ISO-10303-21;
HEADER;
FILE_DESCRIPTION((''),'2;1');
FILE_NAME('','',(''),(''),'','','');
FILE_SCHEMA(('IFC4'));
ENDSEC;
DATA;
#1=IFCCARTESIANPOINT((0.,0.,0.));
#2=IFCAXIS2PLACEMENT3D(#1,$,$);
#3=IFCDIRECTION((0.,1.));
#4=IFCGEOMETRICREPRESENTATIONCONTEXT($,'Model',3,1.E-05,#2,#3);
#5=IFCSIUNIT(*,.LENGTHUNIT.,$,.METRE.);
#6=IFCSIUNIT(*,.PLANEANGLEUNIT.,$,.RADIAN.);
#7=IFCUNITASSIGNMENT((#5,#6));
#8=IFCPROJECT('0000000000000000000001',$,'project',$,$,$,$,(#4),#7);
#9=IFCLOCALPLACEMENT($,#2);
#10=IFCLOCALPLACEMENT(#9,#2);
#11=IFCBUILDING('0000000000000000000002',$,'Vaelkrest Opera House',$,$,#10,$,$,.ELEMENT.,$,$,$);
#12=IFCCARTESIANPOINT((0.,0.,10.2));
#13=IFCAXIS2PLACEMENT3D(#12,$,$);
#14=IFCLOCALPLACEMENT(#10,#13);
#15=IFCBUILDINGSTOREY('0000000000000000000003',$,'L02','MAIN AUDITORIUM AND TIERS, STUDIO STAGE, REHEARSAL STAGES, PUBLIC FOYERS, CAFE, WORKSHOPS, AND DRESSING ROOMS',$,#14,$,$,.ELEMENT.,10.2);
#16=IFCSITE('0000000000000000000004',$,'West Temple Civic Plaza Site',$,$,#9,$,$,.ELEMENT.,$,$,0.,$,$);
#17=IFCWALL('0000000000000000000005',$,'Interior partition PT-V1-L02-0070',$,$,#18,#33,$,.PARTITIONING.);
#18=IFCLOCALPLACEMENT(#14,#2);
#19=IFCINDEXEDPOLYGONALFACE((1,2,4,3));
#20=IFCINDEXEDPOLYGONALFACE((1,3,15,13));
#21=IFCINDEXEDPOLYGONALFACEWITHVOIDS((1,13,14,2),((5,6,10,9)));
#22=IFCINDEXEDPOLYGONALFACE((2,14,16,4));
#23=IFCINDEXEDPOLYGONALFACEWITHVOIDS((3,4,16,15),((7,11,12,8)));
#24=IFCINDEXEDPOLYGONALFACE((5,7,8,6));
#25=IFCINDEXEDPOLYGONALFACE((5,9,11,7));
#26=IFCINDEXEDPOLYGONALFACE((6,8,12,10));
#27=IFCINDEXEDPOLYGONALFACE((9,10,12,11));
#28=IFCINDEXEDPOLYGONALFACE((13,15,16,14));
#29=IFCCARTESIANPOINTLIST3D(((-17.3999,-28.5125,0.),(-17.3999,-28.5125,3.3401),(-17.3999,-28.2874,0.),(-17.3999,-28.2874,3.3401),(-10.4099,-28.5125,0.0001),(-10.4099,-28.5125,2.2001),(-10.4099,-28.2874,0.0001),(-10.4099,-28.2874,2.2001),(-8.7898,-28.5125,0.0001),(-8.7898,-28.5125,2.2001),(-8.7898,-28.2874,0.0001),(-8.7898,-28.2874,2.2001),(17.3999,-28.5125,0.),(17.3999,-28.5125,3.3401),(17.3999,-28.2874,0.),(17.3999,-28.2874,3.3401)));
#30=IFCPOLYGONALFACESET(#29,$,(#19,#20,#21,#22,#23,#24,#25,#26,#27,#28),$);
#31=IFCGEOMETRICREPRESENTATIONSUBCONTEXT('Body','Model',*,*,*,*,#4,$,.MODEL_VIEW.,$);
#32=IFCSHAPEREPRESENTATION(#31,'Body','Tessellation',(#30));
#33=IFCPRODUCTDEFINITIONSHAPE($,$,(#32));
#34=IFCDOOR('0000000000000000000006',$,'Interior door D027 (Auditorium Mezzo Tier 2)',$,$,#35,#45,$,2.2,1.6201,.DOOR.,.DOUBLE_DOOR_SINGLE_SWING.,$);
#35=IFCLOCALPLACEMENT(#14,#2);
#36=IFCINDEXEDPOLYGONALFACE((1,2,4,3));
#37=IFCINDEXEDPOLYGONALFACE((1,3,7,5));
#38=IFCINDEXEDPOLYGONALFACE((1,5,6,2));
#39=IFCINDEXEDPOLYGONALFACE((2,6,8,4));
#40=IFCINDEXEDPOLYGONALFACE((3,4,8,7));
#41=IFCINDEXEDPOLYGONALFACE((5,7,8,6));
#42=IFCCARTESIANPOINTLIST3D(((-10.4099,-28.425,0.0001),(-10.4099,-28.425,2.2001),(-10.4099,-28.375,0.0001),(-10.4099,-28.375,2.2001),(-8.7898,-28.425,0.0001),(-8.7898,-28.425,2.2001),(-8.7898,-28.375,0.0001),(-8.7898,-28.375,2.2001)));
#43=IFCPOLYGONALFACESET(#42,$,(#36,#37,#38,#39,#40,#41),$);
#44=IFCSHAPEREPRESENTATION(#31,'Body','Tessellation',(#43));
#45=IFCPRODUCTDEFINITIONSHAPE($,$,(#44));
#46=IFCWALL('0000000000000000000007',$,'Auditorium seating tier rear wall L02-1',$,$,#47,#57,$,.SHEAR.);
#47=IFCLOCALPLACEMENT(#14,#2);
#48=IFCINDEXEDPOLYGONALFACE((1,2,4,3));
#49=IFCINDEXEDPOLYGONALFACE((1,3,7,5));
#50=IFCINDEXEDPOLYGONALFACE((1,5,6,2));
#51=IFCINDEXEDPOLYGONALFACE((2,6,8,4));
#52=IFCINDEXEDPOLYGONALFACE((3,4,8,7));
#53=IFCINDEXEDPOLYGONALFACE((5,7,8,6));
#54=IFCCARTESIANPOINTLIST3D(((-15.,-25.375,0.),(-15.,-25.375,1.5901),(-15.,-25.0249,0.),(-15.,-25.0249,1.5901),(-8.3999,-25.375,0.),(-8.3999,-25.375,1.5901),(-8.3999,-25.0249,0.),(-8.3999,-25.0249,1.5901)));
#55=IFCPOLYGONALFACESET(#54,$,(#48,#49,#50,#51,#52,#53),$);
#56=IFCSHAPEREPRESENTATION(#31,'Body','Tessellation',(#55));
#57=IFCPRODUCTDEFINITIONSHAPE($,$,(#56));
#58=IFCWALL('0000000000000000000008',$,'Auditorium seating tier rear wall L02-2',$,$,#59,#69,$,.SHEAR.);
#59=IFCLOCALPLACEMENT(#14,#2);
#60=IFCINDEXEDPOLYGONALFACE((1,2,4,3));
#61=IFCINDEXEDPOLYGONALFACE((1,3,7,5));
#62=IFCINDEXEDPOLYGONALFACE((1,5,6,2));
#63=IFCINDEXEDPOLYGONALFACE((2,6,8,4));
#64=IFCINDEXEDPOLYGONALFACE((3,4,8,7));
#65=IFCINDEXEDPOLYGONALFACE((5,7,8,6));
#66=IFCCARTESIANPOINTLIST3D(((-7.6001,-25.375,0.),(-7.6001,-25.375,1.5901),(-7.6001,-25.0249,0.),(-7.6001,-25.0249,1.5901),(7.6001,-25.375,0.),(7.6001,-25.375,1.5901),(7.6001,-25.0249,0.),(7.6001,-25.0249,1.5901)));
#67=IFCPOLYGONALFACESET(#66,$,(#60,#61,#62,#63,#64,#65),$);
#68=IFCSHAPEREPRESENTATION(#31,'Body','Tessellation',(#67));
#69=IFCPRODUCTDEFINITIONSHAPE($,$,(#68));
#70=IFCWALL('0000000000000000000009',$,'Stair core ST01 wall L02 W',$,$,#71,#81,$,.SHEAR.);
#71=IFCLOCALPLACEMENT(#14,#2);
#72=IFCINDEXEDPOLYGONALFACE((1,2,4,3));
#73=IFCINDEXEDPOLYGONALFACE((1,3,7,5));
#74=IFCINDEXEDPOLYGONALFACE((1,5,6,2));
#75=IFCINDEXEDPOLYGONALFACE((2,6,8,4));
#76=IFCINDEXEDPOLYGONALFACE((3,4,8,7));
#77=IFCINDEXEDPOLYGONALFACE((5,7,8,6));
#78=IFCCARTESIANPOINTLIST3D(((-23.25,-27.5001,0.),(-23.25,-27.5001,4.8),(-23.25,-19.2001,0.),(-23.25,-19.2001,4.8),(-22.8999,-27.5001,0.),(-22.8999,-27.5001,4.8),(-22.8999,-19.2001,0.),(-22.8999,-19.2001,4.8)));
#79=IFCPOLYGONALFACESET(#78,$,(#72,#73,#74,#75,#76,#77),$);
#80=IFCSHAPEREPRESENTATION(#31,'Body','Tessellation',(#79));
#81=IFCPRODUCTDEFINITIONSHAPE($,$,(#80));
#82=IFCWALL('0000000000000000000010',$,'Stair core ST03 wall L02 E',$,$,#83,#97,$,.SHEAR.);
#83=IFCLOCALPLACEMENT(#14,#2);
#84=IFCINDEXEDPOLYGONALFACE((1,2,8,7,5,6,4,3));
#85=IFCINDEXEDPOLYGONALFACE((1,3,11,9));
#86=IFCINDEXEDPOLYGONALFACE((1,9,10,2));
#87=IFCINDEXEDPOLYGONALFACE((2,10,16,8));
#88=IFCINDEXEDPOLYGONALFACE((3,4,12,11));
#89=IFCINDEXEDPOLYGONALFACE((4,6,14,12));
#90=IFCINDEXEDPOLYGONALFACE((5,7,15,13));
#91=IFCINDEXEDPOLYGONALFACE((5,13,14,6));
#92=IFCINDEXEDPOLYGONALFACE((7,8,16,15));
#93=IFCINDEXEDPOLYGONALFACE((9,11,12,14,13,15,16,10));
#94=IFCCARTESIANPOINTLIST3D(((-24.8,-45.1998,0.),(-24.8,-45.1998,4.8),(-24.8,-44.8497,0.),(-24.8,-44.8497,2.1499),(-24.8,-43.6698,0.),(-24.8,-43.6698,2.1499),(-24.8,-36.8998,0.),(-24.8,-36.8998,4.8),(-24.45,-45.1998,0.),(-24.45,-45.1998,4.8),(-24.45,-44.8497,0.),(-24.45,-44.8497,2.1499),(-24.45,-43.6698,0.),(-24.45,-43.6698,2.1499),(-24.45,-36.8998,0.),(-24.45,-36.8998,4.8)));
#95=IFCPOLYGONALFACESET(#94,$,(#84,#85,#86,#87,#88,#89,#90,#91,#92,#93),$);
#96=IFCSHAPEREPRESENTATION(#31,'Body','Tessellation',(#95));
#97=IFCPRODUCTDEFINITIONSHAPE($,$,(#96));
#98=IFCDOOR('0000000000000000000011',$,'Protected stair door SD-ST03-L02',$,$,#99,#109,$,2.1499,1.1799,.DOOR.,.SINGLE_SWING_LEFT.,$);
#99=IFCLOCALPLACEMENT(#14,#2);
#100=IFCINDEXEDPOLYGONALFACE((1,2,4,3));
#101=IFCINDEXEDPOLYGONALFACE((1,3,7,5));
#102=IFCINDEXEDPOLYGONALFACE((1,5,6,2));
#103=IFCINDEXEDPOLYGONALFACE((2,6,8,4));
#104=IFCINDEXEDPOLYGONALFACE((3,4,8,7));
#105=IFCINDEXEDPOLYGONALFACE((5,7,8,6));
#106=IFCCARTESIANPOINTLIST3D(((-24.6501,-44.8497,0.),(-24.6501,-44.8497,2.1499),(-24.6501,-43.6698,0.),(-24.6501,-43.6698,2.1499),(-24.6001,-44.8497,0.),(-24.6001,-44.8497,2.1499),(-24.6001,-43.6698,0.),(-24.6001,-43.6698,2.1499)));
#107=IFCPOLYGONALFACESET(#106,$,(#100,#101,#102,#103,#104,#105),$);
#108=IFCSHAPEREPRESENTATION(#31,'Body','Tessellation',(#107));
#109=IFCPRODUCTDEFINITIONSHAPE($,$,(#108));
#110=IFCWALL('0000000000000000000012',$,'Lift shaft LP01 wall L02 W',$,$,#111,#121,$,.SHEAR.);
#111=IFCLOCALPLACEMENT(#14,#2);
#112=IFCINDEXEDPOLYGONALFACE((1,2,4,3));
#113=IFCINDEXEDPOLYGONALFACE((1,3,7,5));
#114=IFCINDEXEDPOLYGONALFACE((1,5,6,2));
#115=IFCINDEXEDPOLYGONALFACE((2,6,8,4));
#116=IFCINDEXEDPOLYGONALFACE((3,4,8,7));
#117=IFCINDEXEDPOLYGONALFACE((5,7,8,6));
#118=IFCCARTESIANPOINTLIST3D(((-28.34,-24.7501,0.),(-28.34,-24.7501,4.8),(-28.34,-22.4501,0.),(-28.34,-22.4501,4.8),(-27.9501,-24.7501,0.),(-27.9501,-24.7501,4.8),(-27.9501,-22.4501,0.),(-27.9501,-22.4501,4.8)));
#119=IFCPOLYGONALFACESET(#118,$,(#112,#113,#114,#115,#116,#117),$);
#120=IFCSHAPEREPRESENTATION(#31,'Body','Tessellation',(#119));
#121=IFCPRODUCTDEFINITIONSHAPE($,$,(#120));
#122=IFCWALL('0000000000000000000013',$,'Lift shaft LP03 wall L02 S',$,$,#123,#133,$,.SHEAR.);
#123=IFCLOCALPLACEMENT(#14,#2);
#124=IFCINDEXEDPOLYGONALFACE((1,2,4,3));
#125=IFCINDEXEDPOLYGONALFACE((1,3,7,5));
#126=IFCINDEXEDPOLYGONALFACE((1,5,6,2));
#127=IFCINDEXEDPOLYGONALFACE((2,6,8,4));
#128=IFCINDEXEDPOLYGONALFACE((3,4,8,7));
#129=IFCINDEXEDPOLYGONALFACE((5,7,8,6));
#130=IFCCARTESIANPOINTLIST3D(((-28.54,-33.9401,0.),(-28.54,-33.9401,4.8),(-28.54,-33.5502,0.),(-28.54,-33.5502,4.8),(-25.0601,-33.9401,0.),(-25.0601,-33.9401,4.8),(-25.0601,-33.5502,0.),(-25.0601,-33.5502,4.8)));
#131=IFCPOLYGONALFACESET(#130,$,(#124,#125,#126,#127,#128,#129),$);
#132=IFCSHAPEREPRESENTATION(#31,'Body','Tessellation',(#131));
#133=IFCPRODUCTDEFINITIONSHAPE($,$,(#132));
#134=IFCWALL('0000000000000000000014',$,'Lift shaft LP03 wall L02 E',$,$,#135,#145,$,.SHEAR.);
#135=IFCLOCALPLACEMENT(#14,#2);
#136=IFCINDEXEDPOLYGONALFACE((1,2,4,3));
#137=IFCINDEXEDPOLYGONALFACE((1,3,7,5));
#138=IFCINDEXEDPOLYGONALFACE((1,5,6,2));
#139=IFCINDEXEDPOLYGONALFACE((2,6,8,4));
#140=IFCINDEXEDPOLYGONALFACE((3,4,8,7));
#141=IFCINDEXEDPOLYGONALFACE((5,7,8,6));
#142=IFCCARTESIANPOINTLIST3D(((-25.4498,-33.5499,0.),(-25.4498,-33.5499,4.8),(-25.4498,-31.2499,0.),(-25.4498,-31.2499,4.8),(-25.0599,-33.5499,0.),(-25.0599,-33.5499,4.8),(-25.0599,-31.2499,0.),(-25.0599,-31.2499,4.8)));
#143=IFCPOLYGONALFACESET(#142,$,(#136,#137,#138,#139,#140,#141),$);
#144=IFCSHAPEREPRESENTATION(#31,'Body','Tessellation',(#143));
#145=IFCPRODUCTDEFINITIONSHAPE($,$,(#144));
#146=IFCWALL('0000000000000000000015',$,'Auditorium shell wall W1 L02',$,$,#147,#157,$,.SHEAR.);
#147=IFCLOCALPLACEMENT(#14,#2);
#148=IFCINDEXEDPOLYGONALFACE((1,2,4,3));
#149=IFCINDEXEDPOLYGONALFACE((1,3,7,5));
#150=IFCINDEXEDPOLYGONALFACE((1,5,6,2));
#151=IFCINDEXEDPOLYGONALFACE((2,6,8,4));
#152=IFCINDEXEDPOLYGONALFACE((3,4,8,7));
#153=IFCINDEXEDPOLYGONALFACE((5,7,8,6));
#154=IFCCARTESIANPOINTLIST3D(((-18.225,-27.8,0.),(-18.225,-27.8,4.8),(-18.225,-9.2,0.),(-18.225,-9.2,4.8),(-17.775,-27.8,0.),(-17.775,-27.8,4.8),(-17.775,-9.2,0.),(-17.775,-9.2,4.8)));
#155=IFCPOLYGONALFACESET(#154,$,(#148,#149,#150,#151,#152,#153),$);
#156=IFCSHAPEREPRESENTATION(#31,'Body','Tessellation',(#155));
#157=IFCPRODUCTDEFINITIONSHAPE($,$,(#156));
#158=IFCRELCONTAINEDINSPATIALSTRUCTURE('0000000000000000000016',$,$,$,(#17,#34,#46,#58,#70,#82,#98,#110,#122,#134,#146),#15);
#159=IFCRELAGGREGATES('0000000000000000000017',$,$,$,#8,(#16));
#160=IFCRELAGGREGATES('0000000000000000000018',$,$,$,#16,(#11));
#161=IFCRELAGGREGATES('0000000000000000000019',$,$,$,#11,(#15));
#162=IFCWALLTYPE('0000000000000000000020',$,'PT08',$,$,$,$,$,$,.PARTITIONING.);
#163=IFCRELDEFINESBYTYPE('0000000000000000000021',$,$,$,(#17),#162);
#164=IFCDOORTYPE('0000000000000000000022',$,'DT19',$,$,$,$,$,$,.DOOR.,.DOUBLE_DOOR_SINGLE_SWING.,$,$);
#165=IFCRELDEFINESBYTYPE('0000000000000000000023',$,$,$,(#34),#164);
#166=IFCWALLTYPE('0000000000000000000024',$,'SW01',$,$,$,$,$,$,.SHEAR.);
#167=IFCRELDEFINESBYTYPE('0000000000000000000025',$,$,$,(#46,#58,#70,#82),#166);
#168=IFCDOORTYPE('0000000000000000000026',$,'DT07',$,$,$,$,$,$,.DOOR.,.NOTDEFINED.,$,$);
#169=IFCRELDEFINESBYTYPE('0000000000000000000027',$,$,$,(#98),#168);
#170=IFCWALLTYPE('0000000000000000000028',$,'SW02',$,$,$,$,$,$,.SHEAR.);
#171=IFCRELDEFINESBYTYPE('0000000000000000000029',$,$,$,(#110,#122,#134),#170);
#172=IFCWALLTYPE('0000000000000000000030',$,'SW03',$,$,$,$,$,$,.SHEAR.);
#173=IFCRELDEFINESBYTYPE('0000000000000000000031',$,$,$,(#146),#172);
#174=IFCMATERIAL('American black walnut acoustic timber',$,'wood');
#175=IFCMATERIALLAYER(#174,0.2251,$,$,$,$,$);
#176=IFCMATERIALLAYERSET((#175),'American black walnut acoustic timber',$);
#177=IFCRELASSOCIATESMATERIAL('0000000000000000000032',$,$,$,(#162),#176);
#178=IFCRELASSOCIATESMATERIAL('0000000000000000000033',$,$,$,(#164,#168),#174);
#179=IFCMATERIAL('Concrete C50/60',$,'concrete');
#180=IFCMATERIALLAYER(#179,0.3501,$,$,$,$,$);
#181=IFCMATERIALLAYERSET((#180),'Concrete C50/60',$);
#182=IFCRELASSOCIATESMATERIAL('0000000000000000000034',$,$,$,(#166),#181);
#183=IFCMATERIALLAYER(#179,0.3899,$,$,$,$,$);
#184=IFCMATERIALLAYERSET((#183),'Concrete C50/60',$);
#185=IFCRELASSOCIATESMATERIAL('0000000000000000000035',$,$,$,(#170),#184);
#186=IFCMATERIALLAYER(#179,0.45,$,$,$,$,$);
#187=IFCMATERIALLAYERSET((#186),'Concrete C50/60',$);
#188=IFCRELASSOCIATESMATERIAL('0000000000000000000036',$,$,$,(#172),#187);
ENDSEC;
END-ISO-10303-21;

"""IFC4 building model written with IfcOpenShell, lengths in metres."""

from ifc_helpers import new_model, si_unit, direction, frame, frame_2d, origin, place, context, subcontext, project, spatial, rectangle, extrude, material, layer, layer_set, type_object, element, fill, save


model = new_model("IFC4")

# Units and contexts
model_context = context("Model", 3, precision=1e-05, world=origin(), true_north=direction((0.0, 1.0)))
body_context = subcontext(model_context, "Body", "Model", "MODEL_VIEW")
ifc_project = project(units=[si_unit("LENGTHUNIT", "METRE"), si_unit("PLANEANGLEUNIT", "RADIAN")], contexts=[model_context])

# Site, building, storey
site_placement = place(None, origin())
site = spatial("IfcSite", under=ifc_project, at=site_placement, Name="West Temple Civic Plaza Site", CompositionType="ELEMENT", RefElevation=0.0)
building_placement = place(site_placement, origin())
building = spatial("IfcBuilding", under=site, at=building_placement, Name="Vaelkrest Opera House", CompositionType="ELEMENT")
storey_placement = place(building_placement, frame((0.0, 0.0, 10.2)))
storey = spatial("IfcBuildingStorey", under=building, at=storey_placement, Name="L02", Description="MAIN AUDITORIUM AND TIERS, STUDIO STAGE, REHEARSAL STAGES, PUBLIC FOYERS, CAFE, WORKSHOPS, AND DRESSING ROOMS", CompositionType="ELEMENT", Elevation=10.2)

# Shared definitions
ifc_material_1 = material(Name="Concrete C50/60", Category="concrete")

# Wall, opening, door
ifc_material_2 = material(Name="American black walnut acoustic timber", Category="wood")
ifc_layer_1 = layer(ifc_material_2, 0.2251)
ifc_layer_set_1 = layer_set([ifc_layer_1], Name="American black walnut acoustic timber")
wall_type_1 = type_object("IfcWallType", Name="PT08", PredefinedType="PARTITIONING", material=ifc_layer_set_1)
wall_1_placement = place(storey_placement, frame((-17.3999, -28.3999, 0.0), z_axis=(0.0, 0.0, 1.0), x_axis=(1.0, 0.0, 0.0)))
wall_1 = element("IfcWall", 1, at=wall_1_placement, inside=storey, type_object=wall_type_1, Name="Interior partition PT-V1-L02-0070", PredefinedType="PARTITIONING", context=body_context, shape_type="SweptSolid", body=[
    extrude(rectangle(XDim=34.7998, YDim=0.2251, at=frame_2d((17.3999, 0.0))), origin(), (0.0, 0.0, 1.0), 3.3401),
])
opening_1_placement = place(wall_1_placement, frame((6.99, 0.0, 0.0)))
opening_1 = element("IfcOpeningElement", 2, at=opening_1_placement, cuts=wall_1, PredefinedType="OPENING", context=body_context, shape_type="SweptSolid", body=[
    extrude(rectangle(XDim=1.6201, YDim=2.2, at=frame_2d((0.8101, 1.1001))), frame((0.0, 0.1226, 0.0), z_axis=(0.0, -1.0, 0.0), x_axis=(1.0, 0.0, 0.0)), (0.0, 0.0, 1.0), 0.2451),
])
door_type_1 = type_object("IfcDoorType", Name="DT19", OperationType="DOUBLE_DOOR_SINGLE_SWING", PredefinedType="DOOR", material=ifc_material_2)
door_1_placement = place(opening_1_placement, origin())
door_1 = element("IfcDoor", 3, at=door_1_placement, inside=storey, type_object=door_type_1, Name="Interior door D027 (Auditorium Mezzo Tier 2)", OperationType="DOUBLE_DOOR_SINGLE_SWING", OverallHeight=2.2, OverallWidth=1.6201, PredefinedType="DOOR", context=body_context, shape_type="SweptSolid", body=[
    extrude(rectangle(XDim=1.6201, YDim=2.2, at=frame_2d((0.8101, 1.1001))), frame((0.0, 0.0249, 0.0), z_axis=(0.0, -1.0, 0.0), x_axis=(1.0, 0.0, 0.0)), (0.0, 0.0, 1.0), 0.05),
])
fill(opening_1, door_1)

# Walls
ifc_layer_2 = layer(ifc_material_1, 0.3501)
ifc_layer_set_2 = layer_set([ifc_layer_2], Name="Concrete C50/60")
wall_type_2 = type_object("IfcWallType", Name="SW01", PredefinedType="SHEAR", material=ifc_layer_set_2)
wall_2_placement = place(storey_placement, frame((-15.0, -25.2, 0.0), z_axis=(0.0, 0.0, 1.0), x_axis=(1.0, 0.0, 0.0)))
element("IfcWall", 4, at=wall_2_placement, inside=storey, type_object=wall_type_2, Name="Auditorium seating tier rear wall L02-1", PredefinedType="SHEAR", context=body_context, shape_type="SweptSolid", body=[
    extrude(rectangle(XDim=6.6001, YDim=0.3501, at=frame_2d((3.3, 0.0))), origin(), (0.0, 0.0, 1.0), 1.5901),
])
wall_3_placement = place(storey_placement, frame((-7.6001, -25.2, 0.0), z_axis=(0.0, 0.0, 1.0), x_axis=(1.0, 0.0, 0.0)))
element("IfcWall", 5, at=wall_3_placement, inside=storey, type_object=wall_type_2, Name="Auditorium seating tier rear wall L02-2", PredefinedType="SHEAR", context=body_context, shape_type="SweptSolid", body=[
    extrude(rectangle(XDim=15.2002, YDim=0.3501, at=frame_2d((7.6001, 0.0))), origin(), (0.0, 0.0, 1.0), 1.5901),
])

# Shared definitions
door_type_2 = type_object("IfcDoorType", Name="DT07", OperationType="NOTDEFINED", PredefinedType="DOOR", material=ifc_material_2)

# Wall
wall_4_placement = place(storey_placement, frame((-23.075, -27.5, 0.0), z_axis=(0.0, 0.0, 1.0), x_axis=(0.0, 1.0, 0.0)))
element("IfcWall", 6, at=wall_4_placement, inside=storey, type_object=wall_type_2, Name="Stair core ST01 wall L02 W", PredefinedType="SHEAR", context=body_context, shape_type="SweptSolid", body=[
    extrude(rectangle(XDim=8.3, YDim=0.3501, at=frame_2d((4.1499, 0.0))), origin(), (0.0, 0.0, 1.0), 4.8),
])

# Wall, opening, door
wall_5_placement = place(storey_placement, frame((-24.625, -36.8999, 0.0), z_axis=(0.0, 0.0, 1.0), x_axis=(0.0, -1.0, 0.0)))
wall_5 = element("IfcWall", 7, at=wall_5_placement, inside=storey, type_object=wall_type_2, Name="Stair core ST03 wall L02 E", PredefinedType="SHEAR", context=body_context, shape_type="SweptSolid", body=[
    extrude(rectangle(XDim=8.3, YDim=0.3501, at=frame_2d((4.1499, 0.0))), origin(), (0.0, 0.0, 1.0), 4.8),
])
opening_2_placement = place(wall_5_placement, frame((6.77, 0.0, 0.0)))
opening_2 = element("IfcOpeningElement", 8, at=opening_2_placement, cuts=wall_5, PredefinedType="OPENING", context=body_context, shape_type="SweptSolid", body=[
    extrude(rectangle(XDim=1.1799, YDim=2.1499, at=frame_2d((0.5898, 1.075))), frame((0.0, 0.1851, 0.0), z_axis=(0.0, -1.0, 0.0), x_axis=(1.0, 0.0, 0.0)), (0.0, 0.0, 1.0), 0.3701),
])
door_2_placement = place(opening_2_placement, origin())
door_2 = element("IfcDoor", 9, at=door_2_placement, inside=storey, type_object=door_type_2, Name="Protected stair door SD-ST03-L02", OperationType="SINGLE_SWING_LEFT", OverallHeight=2.1499, OverallWidth=1.1799, PredefinedType="DOOR", context=body_context, shape_type="SweptSolid", body=[
    extrude(rectangle(XDim=1.1799, YDim=2.1499, at=frame_2d((0.5898, 1.075))), frame((0.0, 0.0249, 0.0), z_axis=(0.0, -1.0, 0.0), x_axis=(1.0, 0.0, 0.0)), (0.0, 0.0, 1.0), 0.05),
])
fill(opening_2, door_2)
ifc_layer_3 = layer(ifc_material_1, 0.3899)
ifc_layer_set_3 = layer_set([ifc_layer_3], Name="Concrete C50/60")
wall_type_3 = type_object("IfcWallType", Name="SW02", PredefinedType="SHEAR", material=ifc_layer_set_3)

# Walls
wall_6_placement = place(storey_placement, frame((-28.145, -24.75, 0.0), z_axis=(0.0, 0.0, 1.0), x_axis=(0.0, 1.0, 0.0)))
element("IfcWall", 10, at=wall_6_placement, inside=storey, type_object=wall_type_3, Name="Lift shaft LP01 wall L02 W", PredefinedType="SHEAR", context=body_context, shape_type="SweptSolid", body=[
    extrude(rectangle(XDim=2.3, YDim=0.3899, at=frame_2d((1.1499, 0.0))), origin(), (0.0, 0.0, 1.0), 4.8),
])
wall_7_placement = place(storey_placement, frame((-25.0601, -33.7451, 0.0), z_axis=(0.0, 0.0, 1.0), x_axis=(-1.0, 0.0, 0.0)))
element("IfcWall", 11, at=wall_7_placement, inside=storey, type_object=wall_type_3, Name="Lift shaft LP03 wall L02 S", PredefinedType="SHEAR", context=body_context, shape_type="SweptSolid", body=[
    extrude(rectangle(XDim=3.48, YDim=0.3899, at=frame_2d((1.74, 0.0))), origin(), (0.0, 0.0, 1.0), 4.8),
])
wall_8_placement = place(storey_placement, frame((-25.2549, -31.25, 0.0), z_axis=(0.0, 0.0, 1.0), x_axis=(0.0, -1.0, 0.0)))
element("IfcWall", 12, at=wall_8_placement, inside=storey, type_object=wall_type_3, Name="Lift shaft LP03 wall L02 E", PredefinedType="SHEAR", context=body_context, shape_type="SweptSolid", body=[
    extrude(rectangle(XDim=2.3, YDim=0.3899, at=frame_2d((1.1499, 0.0))), origin(), (0.0, 0.0, 1.0), 4.8),
])
ifc_layer_4 = layer(ifc_material_1, 0.45)
ifc_layer_set_4 = layer_set([ifc_layer_4], Name="Concrete C50/60")
wall_type_4 = type_object("IfcWallType", Name="SW03", PredefinedType="SHEAR", material=ifc_layer_set_4)
wall_9_placement = place(storey_placement, frame((-18.0, -27.8, 0.0), z_axis=(0.0, 0.0, 1.0), x_axis=(0.0, 1.0, 0.0)))
element("IfcWall", 13, at=wall_9_placement, inside=storey, type_object=wall_type_4, Name="Auditorium shell wall W1 L02", PredefinedType="SHEAR", context=body_context, shape_type="SweptSolid", body=[
    extrude(rectangle(XDim=18.6001, YDim=0.45, at=frame_2d((9.3, 0.0))), origin(), (0.0, 0.0, 1.0), 4.8),
])

save(model, "model.ifc")
